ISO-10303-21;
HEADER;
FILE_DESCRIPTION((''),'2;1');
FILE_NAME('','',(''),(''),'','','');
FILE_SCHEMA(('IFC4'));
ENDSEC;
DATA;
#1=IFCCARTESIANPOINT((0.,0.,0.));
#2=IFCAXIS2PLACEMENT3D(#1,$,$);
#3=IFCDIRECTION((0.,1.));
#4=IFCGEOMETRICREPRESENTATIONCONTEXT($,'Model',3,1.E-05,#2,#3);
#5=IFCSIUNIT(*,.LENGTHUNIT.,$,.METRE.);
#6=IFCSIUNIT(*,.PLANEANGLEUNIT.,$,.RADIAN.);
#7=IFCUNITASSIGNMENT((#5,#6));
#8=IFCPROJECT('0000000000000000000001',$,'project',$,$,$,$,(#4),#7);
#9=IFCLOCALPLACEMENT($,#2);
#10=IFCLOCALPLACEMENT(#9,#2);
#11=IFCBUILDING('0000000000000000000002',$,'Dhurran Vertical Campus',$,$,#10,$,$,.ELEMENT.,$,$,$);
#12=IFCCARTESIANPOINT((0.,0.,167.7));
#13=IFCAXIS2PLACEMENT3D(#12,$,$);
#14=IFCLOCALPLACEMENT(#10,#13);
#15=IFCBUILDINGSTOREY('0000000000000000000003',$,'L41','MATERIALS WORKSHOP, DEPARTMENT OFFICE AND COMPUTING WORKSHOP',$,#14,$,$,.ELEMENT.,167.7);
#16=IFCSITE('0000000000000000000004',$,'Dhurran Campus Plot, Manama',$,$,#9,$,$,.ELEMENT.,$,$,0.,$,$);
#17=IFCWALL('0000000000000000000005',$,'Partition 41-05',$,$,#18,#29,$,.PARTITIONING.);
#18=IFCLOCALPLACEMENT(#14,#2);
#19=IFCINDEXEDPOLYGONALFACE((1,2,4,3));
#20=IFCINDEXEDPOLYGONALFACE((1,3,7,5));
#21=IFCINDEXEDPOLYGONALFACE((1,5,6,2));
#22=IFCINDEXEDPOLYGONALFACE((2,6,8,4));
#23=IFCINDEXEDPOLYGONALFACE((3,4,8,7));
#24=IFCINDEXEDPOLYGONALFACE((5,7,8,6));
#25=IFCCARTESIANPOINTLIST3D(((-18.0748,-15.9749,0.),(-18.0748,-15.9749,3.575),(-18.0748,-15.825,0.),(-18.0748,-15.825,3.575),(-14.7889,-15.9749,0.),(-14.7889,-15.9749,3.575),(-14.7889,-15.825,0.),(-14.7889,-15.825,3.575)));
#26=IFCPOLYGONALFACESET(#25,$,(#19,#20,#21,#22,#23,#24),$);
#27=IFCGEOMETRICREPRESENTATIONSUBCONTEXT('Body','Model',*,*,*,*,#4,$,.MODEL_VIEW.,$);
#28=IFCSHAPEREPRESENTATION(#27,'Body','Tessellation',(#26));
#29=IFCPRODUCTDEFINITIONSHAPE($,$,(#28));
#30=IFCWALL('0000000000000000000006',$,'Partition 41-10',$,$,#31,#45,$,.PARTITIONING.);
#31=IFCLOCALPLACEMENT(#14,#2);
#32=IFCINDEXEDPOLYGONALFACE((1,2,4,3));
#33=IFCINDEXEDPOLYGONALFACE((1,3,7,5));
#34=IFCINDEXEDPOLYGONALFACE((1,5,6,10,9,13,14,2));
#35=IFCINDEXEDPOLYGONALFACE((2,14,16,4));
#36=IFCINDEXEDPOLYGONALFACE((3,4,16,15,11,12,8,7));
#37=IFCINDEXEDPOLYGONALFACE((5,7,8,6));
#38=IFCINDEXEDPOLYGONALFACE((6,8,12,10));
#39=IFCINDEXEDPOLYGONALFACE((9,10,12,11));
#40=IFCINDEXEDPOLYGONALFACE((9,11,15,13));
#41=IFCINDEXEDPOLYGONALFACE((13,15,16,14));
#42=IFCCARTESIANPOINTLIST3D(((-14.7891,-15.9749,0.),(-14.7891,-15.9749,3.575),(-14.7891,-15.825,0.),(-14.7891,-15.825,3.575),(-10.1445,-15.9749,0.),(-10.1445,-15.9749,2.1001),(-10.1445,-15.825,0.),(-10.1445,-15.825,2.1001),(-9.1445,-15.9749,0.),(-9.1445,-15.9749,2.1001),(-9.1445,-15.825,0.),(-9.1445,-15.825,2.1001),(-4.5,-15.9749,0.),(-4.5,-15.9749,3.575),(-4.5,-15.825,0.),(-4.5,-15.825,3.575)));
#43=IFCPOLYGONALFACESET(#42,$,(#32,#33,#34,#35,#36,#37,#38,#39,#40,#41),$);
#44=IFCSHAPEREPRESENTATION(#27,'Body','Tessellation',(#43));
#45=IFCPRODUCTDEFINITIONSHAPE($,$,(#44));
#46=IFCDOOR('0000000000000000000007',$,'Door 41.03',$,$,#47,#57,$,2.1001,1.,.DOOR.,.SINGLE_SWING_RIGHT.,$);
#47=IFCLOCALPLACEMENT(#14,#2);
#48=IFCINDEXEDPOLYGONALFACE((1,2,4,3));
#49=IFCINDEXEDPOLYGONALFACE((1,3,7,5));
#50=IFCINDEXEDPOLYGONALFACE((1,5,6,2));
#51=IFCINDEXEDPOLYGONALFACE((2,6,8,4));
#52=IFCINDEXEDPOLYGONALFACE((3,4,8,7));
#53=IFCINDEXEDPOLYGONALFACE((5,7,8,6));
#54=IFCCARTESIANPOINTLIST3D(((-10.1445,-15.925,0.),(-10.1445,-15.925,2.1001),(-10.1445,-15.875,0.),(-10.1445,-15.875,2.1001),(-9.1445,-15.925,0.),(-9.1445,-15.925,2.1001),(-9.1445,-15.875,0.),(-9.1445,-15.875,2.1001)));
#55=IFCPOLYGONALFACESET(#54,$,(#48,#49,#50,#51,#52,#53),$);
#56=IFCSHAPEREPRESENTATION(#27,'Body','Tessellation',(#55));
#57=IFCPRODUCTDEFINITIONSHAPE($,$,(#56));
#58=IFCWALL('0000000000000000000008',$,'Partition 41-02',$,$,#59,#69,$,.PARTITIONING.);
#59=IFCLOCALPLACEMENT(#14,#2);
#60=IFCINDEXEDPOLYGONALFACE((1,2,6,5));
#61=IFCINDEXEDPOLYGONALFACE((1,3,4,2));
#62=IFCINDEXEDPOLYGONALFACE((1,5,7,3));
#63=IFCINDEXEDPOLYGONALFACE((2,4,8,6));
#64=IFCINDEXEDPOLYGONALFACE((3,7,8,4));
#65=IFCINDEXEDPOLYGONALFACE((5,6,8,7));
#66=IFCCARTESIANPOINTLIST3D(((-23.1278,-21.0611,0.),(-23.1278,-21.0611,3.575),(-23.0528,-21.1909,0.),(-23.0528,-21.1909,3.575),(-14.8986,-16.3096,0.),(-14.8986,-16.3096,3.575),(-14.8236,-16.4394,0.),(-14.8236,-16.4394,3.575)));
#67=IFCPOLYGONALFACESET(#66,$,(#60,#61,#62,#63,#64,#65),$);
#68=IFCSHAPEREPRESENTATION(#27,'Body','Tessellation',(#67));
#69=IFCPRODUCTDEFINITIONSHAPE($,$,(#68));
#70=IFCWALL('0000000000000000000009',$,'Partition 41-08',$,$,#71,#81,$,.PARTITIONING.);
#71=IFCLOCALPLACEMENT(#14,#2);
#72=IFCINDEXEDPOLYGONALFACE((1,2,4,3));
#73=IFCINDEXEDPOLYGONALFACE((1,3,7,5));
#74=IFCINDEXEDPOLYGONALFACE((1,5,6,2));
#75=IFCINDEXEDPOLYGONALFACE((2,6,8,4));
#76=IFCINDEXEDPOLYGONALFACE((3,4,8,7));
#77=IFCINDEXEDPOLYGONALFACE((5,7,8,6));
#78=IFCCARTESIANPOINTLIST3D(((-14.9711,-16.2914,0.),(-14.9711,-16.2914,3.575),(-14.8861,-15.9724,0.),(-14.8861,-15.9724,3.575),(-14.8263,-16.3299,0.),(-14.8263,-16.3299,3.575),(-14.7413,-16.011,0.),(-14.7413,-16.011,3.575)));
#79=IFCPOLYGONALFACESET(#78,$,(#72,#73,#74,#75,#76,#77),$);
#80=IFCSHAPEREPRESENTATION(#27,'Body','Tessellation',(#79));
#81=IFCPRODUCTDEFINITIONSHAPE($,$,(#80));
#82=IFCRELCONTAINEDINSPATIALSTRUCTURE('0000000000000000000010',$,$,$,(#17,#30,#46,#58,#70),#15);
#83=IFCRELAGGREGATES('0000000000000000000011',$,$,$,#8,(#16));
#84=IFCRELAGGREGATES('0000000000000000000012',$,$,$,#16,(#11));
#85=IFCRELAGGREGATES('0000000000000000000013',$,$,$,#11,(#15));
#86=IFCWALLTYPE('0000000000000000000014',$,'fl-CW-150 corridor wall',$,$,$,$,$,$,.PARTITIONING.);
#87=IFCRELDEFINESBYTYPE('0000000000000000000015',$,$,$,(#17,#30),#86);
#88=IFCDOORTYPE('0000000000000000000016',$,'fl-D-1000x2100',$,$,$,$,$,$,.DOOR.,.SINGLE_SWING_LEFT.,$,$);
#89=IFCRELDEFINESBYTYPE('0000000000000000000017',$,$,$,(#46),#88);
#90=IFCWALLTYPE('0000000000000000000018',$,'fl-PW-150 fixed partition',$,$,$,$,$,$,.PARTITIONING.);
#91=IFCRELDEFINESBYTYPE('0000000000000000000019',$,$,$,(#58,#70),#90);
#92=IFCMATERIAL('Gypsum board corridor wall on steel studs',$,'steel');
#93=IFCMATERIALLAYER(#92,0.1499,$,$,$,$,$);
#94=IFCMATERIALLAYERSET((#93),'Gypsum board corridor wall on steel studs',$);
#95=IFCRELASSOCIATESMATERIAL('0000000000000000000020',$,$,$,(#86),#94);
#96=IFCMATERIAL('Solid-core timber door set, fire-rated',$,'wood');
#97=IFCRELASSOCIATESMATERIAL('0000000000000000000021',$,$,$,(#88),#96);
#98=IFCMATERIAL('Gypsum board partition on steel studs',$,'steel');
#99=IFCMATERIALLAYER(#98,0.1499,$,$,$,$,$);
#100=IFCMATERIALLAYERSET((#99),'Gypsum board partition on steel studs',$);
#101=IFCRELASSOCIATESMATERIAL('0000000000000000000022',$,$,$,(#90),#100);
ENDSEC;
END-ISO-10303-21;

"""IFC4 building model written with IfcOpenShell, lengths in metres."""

from ifc_helpers import new_model, si_unit, direction, frame, frame_2d, origin, place, context, subcontext, project, spatial, rectangle, extrude, material, layer, layer_set, type_object, element, fill, save


model = new_model("IFC4")

# Units and contexts
model_context = context("Model", 3, precision=1e-05, world=origin(), true_north=direction((0.0, 1.0)))
body_context = subcontext(model_context, "Body", "Model", "MODEL_VIEW")
ifc_project = project(units=[si_unit("LENGTHUNIT", "METRE"), si_unit("PLANEANGLEUNIT", "RADIAN")], contexts=[model_context])

# Site, building, storey
site_placement = place(None, origin())
site = spatial("IfcSite", under=ifc_project, at=site_placement, Name="Dhurran Campus Plot, Manama", CompositionType="ELEMENT", RefElevation=0.0)
building_placement = place(site_placement, origin())
building = spatial("IfcBuilding", under=site, at=building_placement, Name="Dhurran Vertical Campus", CompositionType="ELEMENT")
storey_placement = place(building_placement, frame((0.0, 0.0, 167.7)))
storey = spatial("IfcBuildingStorey", under=building, at=storey_placement, Name="L41", Description="MATERIALS WORKSHOP, DEPARTMENT OFFICE AND COMPUTING WORKSHOP", CompositionType="ELEMENT", Elevation=167.7)

# Wall
ifc_material_1 = material(Name="Gypsum board corridor wall on steel studs", Category="steel")
ifc_layer_1 = layer(ifc_material_1, 0.1499)
ifc_layer_set_1 = layer_set([ifc_layer_1], Name="Gypsum board corridor wall on steel studs")
wall_type_1 = type_object("IfcWallType", Name="fl-CW-150 corridor wall", PredefinedType="PARTITIONING", material=ifc_layer_set_1)
wall_1_placement = place(storey_placement, frame((-18.075, -15.8999, 0.0), z_axis=(0.0, 0.0, 1.0), x_axis=(1.0, 0.0, 0.0)))
element("IfcWall", 1, at=wall_1_placement, inside=storey, type_object=wall_type_1, Name="Partition 41-05", PredefinedType="PARTITIONING", context=body_context, shape_type="SweptSolid", body=[
    extrude(rectangle(XDim=3.2859, YDim=0.1499, at=frame_2d((1.6431, 0.0))), origin(), (0.0, 0.0, 1.0), 3.575),
])

# Wall, opening, door
wall_2_placement = place(storey_placement, frame((-14.7891, -15.8999, 0.0), z_axis=(0.0, 0.0, 1.0), x_axis=(1.0, 0.0, 0.0)))
wall_2 = element("IfcWall", 2, at=wall_2_placement, inside=storey, type_object=wall_type_1, Name="Partition 41-10", PredefinedType="PARTITIONING", context=body_context, shape_type="SweptSolid", body=[
    extrude(rectangle(XDim=10.2891, YDim=0.1499, at=frame_2d((5.1445, 0.0))), origin(), (0.0, 0.0, 1.0), 3.575),
])
opening_1_placement = place(wall_2_placement, frame((4.6445, 0.0, 0.0)))
opening_1 = element("IfcOpeningElement", 3, at=opening_1_placement, cuts=wall_2, PredefinedType="OPENING", context=body_context, shape_type="SweptSolid", body=[
    extrude(rectangle(XDim=1.0, YDim=2.1001, at=frame_2d((0.5, 1.05))), frame((0.0, 0.085, 0.0), z_axis=(0.0, -1.0, 0.0), x_axis=(1.0, 0.0, 0.0)), (0.0, 0.0, 1.0), 0.1699),
])
ifc_material_2 = material(Name="Solid-core timber door set, fire-rated", Category="wood")
door_type_1 = type_object("IfcDoorType", Name="fl-D-1000x2100", OperationType="SINGLE_SWING_LEFT", PredefinedType="DOOR", material=ifc_material_2)
door_1_placement = place(opening_1_placement, origin())
door_1 = element("IfcDoor", 4, at=door_1_placement, inside=storey, type_object=door_type_1, Name="Door 41.03", OperationType="SINGLE_SWING_RIGHT", OverallHeight=2.1001, OverallWidth=1.0, PredefinedType="DOOR", context=body_context, shape_type="SweptSolid", body=[
    extrude(rectangle(XDim=1.0, YDim=2.1001, at=frame_2d((0.5, 1.05))), frame((0.0, 0.0249, 0.0), z_axis=(0.0, -1.0, 0.0), x_axis=(1.0, 0.0, 0.0)), (0.0, 0.0, 1.0), 0.05),
])
fill(opening_1, door_1)

# Walls
ifc_material_3 = material(Name="Gypsum board partition on steel studs", Category="steel")
ifc_layer_2 = layer(ifc_material_3, 0.1499)
ifc_layer_set_2 = layer_set([ifc_layer_2], Name="Gypsum board partition on steel studs")
wall_type_2 = type_object("IfcWallType", Name="fl-PW-150 fixed partition", PredefinedType="PARTITIONING", material=ifc_layer_set_2)
wall_3_placement = place(storey_placement, frame((-14.8611, -16.3745, 0.0), z_axis=(0.0, 0.0, 1.0), x_axis=(-0.866011, -0.500024, 0.0)))
element("IfcWall", 5, at=wall_3_placement, inside=storey, type_object=wall_type_2, Name="Partition 41-02", PredefinedType="PARTITIONING", context=body_context, shape_type="SweptSolid", body=[
    extrude(rectangle(XDim=9.5024, YDim=0.1499, at=frame_2d((4.7512, 0.0))), origin(), (0.0, 0.0, 1.0), 3.575),
])
wall_4_placement = place(storey_placement, frame((-14.8137, -15.9917, 0.0), z_axis=(0.0, 0.0, 1.0), x_axis=(-0.257478, -0.966284, 0.0)))
element("IfcWall", 6, at=wall_4_placement, inside=storey, type_object=wall_type_2, Name="Partition 41-08", PredefinedType="PARTITIONING", context=body_context, shape_type="SweptSolid", body=[
    extrude(rectangle(XDim=0.3301, YDim=0.1499, at=frame_2d((0.165, 0.0))), origin(), (0.0, 0.0, 1.0), 3.575),
])

save(model, "model.ifc")
